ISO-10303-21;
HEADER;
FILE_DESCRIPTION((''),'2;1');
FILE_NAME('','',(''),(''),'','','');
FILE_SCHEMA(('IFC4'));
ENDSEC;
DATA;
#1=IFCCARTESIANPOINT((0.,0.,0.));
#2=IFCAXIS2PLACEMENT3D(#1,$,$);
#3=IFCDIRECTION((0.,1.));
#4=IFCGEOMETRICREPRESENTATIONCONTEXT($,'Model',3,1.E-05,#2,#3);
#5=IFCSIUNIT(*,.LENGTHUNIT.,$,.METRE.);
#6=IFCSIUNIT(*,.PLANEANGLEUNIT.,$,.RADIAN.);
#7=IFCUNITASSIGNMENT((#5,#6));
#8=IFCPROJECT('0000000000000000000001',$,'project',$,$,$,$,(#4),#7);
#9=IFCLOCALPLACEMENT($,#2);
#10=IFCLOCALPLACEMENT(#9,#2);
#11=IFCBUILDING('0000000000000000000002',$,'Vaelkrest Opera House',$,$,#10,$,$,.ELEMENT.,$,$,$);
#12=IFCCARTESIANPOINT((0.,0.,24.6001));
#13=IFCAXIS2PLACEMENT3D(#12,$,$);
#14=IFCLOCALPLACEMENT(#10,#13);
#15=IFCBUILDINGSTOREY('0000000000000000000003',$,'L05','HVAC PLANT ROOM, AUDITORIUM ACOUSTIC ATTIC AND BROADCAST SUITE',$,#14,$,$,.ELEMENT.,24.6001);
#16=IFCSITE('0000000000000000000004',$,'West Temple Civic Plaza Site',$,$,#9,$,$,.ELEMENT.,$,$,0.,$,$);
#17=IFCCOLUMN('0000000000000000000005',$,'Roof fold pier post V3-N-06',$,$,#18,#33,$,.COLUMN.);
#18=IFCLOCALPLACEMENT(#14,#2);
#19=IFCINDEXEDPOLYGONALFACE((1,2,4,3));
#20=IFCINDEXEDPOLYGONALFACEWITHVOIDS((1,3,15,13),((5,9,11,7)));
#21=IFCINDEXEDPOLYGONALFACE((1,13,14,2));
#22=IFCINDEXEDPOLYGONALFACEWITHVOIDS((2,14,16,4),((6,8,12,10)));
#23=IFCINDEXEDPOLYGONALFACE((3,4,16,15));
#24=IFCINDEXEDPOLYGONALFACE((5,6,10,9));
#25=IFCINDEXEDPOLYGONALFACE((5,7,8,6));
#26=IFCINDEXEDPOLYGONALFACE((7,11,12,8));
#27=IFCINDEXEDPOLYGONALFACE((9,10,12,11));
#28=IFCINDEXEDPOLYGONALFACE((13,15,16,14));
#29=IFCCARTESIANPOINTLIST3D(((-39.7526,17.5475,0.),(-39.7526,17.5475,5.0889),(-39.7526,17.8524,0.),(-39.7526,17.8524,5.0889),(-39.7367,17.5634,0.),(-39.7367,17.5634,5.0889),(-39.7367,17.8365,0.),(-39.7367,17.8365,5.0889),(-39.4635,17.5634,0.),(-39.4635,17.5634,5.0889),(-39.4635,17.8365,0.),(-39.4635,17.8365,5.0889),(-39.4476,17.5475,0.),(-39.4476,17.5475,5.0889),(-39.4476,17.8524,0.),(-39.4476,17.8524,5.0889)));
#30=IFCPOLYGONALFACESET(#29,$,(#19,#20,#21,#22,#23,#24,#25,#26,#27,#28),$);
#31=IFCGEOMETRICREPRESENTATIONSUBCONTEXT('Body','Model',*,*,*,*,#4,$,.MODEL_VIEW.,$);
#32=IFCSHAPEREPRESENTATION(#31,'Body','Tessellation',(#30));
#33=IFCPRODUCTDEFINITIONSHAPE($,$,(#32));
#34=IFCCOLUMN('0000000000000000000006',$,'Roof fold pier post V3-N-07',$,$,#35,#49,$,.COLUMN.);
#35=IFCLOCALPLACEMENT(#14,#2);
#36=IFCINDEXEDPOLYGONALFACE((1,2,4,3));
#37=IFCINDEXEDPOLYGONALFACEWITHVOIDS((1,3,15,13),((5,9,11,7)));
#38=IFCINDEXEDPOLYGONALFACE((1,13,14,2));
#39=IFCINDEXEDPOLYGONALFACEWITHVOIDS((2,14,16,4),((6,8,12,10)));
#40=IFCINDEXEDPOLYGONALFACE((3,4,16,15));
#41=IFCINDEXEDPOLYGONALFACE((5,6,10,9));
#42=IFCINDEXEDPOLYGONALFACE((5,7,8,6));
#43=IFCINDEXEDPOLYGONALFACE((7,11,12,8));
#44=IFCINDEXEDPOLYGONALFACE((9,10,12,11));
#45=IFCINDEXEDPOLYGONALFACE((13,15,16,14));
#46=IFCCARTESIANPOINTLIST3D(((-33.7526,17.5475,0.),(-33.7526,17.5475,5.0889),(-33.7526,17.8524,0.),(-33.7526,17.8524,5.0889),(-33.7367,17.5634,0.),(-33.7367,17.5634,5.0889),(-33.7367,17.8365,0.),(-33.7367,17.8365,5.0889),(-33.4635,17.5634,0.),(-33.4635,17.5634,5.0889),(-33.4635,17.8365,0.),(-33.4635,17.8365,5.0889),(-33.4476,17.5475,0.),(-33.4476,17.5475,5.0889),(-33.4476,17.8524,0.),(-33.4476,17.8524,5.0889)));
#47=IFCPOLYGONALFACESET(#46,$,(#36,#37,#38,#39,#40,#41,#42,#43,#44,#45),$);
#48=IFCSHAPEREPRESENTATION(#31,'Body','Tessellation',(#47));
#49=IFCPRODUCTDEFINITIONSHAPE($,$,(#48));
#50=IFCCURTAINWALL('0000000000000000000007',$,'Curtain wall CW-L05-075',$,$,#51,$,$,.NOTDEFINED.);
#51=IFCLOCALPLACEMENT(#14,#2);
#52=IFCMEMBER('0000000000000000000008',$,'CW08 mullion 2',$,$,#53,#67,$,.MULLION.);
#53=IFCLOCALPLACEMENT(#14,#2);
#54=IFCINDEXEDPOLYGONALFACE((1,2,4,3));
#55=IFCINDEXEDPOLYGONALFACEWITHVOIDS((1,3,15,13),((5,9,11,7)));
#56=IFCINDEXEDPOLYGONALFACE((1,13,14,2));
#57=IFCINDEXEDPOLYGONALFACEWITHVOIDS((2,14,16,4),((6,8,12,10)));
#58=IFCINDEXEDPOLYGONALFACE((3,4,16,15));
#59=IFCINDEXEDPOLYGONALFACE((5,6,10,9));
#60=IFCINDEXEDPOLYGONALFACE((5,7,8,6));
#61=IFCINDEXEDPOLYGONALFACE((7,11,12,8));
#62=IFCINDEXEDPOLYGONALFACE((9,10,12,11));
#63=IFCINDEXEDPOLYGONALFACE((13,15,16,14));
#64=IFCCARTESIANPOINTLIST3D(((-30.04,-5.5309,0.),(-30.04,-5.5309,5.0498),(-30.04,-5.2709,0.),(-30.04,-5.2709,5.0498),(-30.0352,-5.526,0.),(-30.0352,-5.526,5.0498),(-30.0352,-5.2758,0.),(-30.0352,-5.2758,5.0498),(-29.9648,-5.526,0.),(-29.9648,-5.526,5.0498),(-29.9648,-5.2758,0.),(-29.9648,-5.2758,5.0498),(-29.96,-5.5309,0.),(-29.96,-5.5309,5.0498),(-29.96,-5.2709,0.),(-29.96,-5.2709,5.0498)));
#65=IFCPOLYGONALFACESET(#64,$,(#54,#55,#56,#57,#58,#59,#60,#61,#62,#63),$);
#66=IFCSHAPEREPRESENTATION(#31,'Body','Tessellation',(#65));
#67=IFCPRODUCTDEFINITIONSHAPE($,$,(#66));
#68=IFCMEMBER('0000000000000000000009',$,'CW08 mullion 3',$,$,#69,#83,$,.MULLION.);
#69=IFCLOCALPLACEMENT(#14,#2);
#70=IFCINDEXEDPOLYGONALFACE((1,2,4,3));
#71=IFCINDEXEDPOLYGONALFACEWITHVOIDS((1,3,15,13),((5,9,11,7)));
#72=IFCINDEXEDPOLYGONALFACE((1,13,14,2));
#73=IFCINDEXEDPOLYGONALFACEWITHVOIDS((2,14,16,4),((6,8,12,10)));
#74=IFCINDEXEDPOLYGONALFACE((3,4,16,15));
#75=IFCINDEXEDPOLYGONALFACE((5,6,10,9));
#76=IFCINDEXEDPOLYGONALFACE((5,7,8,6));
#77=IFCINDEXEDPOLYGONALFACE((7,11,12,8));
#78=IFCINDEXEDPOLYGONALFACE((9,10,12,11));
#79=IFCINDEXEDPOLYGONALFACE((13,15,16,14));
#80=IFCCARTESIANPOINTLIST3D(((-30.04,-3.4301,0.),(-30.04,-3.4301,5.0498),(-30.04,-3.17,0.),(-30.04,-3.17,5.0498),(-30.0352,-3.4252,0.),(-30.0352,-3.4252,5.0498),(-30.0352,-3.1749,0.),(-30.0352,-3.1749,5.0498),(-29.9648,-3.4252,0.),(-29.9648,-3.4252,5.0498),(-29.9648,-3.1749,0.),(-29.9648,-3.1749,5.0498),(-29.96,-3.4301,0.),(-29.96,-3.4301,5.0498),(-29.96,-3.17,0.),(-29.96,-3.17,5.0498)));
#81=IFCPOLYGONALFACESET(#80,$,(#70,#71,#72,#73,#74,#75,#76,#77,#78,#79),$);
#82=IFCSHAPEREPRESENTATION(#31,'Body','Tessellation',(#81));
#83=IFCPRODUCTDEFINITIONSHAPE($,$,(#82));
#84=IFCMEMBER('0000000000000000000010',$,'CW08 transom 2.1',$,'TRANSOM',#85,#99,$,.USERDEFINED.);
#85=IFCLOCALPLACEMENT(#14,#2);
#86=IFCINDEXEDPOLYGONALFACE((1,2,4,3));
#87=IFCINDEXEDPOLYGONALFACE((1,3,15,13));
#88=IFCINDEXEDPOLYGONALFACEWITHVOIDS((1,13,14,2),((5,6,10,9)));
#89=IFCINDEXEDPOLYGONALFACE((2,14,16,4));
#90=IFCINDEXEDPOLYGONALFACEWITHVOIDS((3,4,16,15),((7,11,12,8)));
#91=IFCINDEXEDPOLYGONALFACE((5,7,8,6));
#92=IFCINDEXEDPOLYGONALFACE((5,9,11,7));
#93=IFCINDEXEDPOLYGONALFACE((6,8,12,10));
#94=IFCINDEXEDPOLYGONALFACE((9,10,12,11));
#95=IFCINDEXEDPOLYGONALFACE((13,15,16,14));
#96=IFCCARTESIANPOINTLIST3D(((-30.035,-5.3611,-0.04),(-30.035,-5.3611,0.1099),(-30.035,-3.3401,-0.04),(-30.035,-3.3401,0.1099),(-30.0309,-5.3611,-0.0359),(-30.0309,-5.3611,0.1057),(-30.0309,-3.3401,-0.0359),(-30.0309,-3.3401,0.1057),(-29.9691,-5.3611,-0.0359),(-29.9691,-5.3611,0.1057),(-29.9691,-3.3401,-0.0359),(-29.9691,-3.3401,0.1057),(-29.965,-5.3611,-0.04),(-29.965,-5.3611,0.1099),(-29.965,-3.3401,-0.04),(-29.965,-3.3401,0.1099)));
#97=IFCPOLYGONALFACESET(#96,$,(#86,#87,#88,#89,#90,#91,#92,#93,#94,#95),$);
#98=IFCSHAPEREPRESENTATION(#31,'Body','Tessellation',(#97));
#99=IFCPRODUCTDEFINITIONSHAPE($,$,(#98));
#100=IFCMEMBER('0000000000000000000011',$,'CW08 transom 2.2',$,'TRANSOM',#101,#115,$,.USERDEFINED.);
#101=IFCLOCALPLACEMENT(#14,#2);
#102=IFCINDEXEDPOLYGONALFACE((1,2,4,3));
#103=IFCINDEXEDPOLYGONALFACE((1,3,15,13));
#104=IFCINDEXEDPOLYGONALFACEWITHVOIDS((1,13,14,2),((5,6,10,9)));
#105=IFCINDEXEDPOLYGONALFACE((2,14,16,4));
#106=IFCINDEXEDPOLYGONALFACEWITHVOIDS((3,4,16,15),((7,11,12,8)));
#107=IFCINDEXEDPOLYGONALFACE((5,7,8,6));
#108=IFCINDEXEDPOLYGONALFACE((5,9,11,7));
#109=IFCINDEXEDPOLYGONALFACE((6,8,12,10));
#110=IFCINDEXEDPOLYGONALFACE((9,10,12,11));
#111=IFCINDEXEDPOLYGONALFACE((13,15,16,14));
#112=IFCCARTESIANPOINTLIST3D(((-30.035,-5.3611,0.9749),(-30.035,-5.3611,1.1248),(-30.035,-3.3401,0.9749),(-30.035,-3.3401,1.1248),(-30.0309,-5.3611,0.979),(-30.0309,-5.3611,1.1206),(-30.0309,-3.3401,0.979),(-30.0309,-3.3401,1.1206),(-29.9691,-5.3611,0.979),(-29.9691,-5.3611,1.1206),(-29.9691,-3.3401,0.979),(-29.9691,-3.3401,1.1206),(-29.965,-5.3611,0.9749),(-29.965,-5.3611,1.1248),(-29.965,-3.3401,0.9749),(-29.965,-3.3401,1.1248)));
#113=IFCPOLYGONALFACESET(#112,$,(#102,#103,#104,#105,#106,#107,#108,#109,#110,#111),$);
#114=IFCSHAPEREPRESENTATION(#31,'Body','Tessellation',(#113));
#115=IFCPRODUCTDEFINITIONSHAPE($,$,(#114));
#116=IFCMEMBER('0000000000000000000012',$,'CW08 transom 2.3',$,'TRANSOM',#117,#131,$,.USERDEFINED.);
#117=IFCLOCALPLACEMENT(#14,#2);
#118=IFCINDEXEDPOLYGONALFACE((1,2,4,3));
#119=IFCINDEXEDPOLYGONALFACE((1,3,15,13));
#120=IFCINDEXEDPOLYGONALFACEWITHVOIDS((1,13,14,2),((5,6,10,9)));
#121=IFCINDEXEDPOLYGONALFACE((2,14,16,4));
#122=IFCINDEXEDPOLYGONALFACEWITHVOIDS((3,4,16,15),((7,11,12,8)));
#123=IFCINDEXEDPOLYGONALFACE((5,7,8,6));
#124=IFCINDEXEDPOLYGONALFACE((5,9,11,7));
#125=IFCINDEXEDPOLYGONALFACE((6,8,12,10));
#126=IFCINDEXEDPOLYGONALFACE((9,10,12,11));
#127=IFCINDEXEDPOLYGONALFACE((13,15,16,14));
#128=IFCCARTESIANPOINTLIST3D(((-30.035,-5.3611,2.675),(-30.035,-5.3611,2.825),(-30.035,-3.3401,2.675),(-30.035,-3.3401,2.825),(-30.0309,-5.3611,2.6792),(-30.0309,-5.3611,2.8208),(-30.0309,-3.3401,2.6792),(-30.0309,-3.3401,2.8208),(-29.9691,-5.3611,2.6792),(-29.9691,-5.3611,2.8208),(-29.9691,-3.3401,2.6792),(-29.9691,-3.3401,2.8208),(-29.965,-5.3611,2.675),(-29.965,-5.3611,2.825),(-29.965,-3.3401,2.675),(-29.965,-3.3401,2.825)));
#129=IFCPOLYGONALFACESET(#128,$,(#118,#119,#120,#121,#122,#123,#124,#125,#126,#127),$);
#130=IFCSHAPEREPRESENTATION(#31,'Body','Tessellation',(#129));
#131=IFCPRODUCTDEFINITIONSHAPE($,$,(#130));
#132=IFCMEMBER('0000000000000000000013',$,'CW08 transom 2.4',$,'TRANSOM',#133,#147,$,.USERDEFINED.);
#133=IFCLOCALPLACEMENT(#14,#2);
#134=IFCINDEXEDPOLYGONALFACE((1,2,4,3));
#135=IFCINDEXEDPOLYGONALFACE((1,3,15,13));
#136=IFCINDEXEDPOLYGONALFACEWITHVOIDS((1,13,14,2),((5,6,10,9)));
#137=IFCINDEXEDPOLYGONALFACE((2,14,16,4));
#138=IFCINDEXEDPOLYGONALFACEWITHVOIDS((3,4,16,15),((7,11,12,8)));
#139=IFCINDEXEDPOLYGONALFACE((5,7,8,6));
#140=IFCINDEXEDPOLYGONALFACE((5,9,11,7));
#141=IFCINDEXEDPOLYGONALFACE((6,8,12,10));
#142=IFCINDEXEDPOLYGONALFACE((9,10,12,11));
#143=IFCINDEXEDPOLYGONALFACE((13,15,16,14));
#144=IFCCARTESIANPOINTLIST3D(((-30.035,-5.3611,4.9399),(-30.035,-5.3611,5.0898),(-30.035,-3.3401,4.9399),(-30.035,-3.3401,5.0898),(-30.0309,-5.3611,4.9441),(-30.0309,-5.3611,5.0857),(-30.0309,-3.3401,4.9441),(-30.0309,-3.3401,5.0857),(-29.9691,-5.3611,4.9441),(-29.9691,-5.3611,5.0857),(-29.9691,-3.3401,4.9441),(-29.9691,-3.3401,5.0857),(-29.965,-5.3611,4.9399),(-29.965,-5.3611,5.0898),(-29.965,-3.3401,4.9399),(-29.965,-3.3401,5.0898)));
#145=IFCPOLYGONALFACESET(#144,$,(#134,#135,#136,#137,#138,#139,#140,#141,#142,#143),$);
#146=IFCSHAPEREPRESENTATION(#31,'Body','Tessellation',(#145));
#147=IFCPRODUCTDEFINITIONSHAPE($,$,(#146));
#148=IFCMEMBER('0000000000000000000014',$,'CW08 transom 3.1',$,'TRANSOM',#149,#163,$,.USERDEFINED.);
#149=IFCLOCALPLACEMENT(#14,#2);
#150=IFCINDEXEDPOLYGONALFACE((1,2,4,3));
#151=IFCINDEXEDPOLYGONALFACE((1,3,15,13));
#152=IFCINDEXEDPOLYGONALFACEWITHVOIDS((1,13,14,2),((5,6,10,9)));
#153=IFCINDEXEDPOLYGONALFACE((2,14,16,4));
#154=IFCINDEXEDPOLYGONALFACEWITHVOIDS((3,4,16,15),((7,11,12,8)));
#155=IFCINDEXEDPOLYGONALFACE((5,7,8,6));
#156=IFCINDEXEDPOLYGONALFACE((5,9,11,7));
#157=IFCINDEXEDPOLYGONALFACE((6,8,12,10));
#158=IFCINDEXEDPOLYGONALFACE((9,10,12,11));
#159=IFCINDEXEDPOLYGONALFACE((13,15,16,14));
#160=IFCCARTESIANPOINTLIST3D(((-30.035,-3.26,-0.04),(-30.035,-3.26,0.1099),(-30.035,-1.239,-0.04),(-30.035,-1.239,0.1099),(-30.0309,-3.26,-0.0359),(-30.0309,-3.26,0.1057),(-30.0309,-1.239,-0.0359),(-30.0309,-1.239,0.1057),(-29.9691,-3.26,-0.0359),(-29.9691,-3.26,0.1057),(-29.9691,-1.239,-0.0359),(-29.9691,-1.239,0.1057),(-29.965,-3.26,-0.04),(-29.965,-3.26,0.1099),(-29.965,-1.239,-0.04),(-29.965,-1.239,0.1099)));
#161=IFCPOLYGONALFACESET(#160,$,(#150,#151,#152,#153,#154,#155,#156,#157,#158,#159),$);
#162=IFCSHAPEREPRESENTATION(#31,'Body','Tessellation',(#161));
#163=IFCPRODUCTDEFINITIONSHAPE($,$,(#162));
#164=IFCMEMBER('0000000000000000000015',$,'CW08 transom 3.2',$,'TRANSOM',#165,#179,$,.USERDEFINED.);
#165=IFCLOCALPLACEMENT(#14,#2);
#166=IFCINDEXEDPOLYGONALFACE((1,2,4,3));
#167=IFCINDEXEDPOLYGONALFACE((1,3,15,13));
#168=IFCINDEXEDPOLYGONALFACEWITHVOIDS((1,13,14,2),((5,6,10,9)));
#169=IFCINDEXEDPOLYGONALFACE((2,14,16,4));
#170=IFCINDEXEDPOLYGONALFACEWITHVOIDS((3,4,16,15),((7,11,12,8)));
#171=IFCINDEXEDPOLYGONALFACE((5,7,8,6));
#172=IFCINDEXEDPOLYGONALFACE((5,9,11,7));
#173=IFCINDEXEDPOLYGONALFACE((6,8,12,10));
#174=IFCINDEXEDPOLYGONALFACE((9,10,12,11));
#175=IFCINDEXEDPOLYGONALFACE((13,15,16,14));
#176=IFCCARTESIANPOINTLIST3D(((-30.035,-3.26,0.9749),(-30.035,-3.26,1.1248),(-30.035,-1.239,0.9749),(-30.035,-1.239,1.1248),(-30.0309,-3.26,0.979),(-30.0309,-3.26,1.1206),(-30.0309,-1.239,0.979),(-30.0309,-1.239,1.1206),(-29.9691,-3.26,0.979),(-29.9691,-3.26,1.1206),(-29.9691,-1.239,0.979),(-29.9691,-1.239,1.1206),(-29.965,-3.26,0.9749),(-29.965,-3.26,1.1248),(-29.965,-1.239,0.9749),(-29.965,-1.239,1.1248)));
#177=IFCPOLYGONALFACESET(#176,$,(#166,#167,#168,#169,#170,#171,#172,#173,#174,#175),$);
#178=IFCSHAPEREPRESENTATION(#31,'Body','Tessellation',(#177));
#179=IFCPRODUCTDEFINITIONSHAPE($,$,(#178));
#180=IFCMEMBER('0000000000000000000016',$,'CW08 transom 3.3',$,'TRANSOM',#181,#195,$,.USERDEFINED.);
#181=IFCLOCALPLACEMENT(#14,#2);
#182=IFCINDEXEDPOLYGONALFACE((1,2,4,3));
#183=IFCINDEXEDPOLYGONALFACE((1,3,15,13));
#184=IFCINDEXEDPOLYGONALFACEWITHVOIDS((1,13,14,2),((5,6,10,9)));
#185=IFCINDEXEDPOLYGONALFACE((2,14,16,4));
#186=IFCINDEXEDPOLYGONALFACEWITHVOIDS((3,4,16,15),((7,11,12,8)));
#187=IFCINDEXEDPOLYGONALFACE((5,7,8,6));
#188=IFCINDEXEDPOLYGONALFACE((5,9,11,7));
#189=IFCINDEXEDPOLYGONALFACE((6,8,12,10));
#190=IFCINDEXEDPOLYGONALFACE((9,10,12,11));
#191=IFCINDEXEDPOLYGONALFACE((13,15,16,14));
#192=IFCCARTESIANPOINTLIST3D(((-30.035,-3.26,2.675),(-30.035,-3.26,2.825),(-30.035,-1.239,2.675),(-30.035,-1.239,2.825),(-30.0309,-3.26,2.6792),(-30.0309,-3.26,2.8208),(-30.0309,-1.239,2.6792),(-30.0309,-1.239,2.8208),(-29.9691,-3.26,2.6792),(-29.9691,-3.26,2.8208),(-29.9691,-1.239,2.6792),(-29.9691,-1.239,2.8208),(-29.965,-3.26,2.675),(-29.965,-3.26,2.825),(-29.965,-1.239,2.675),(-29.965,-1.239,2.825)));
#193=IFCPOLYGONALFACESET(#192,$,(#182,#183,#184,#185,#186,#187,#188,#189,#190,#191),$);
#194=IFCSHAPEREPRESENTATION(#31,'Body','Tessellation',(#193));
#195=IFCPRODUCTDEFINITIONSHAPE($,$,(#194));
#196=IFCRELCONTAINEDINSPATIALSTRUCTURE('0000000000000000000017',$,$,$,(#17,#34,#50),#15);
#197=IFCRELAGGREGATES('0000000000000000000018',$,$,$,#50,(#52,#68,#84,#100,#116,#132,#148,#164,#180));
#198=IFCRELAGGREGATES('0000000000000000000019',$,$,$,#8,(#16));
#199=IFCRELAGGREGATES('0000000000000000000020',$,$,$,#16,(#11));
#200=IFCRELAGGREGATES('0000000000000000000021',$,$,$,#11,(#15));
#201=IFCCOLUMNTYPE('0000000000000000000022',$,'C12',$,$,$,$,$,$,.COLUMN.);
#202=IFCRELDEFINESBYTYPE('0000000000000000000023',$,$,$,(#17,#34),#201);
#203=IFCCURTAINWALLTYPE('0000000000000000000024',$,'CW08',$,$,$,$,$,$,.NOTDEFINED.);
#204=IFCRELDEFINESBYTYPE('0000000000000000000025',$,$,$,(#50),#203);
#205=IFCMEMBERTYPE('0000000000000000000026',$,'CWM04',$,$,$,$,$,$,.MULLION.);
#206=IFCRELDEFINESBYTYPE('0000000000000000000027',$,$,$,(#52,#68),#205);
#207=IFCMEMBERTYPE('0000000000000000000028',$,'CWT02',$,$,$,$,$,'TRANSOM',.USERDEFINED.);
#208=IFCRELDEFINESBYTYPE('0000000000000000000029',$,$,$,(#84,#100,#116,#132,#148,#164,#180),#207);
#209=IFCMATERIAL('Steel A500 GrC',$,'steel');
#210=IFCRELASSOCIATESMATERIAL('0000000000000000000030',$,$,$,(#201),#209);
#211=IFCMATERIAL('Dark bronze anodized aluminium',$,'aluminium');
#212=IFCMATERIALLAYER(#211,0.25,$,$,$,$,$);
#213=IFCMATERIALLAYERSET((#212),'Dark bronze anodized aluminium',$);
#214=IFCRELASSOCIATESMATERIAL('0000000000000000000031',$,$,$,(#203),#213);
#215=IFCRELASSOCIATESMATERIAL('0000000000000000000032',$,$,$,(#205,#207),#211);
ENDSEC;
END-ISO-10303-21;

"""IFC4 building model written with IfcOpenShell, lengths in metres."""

from ifc_helpers import new_model, si_unit, direction, frame, origin, origin_2d, place, context, subcontext, project, spatial, hollow_rectangle, extrude, material, layer, layer_set, material_profile, profile_set, type_object, element, aggregate, save


model = new_model("IFC4")

# Units and contexts
model_context = context("Model", 3, precision=1e-05, world=origin(), true_north=direction((0.0, 1.0)))
body_context = subcontext(model_context, "Body", "Model", "MODEL_VIEW")
ifc_project = project(units=[si_unit("LENGTHUNIT", "METRE"), si_unit("PLANEANGLEUNIT", "RADIAN")], contexts=[model_context])

# Site, building, storey
site_placement = place(None, origin())
site = spatial("IfcSite", under=ifc_project, at=site_placement, Name="West Temple Civic Plaza Site", CompositionType="ELEMENT", RefElevation=0.0)
building_placement = place(site_placement, origin())
building = spatial("IfcBuilding", under=site, at=building_placement, Name="Vaelkrest Opera House", CompositionType="ELEMENT")
storey_placement = place(building_placement, frame((0.0, 0.0, 24.6001)))
storey = spatial("IfcBuildingStorey", under=building, at=storey_placement, Name="L05", Description="HVAC PLANT ROOM, AUDITORIUM ACOUSTIC ATTIC AND BROADCAST SUITE", CompositionType="ELEMENT", Elevation=24.6001)

# Columns
ifc_material_1 = material(Name="Steel A500 GrC", Category="steel")
ifc_material_profile_1 = material_profile(ifc_material_1, hollow_rectangle(XDim=0.3049, YDim=0.3049, WallThickness=0.0159, at=origin_2d()), Name="HSS305X305X15.9")
ifc_profile_set_1 = profile_set([ifc_material_profile_1], Name="Steel A500 GrC")
column_type = type_object("IfcColumnType", Name="C12", PredefinedType="COLUMN", material=ifc_profile_set_1)
for number, where, z_axis, x_axis, name in (
    (1, (-39.6001, 17.7, 0.0), (0.0, 0.0, 1.0), (1.0, 0.0, 0.0), "Roof fold pier post V3-N-06"),
    (2, (-33.6001, 17.7, 0.0), (0.0, 0.0, 1.0), (1.0, 0.0, 0.0), "Roof fold pier post V3-N-07"),
):
    element("IfcColumn", number, at=place(storey_placement, frame(where, z_axis=z_axis, x_axis=x_axis)), inside=storey, type_object=column_type, Name=name, PredefinedType="COLUMN", context=body_context, shape_type="SweptSolid", body=[
        extrude(hollow_rectangle(XDim=0.3049, YDim=0.3049, WallThickness=0.0159, at=origin_2d()), origin(), (0.0, 0.0, 1.0), 5.0889),
    ])

# Curtain wall, members
ifc_material_2 = material(Name="Dark bronze anodized aluminium", Category="aluminium")
ifc_layer_1 = layer(ifc_material_2, 0.25)
ifc_layer_set_1 = layer_set([ifc_layer_1], Name="Dark bronze anodized aluminium")
curtain_wall_type = type_object("IfcCurtainWallType", Name="CW08", PredefinedType="NOTDEFINED", material=ifc_layer_set_1)
curtain_wall_placement = place(storey_placement, origin())
curtain_wall = element("IfcCurtainWall", 3, at=curtain_wall_placement, inside=storey, type_object=curtain_wall_type, Name="Curtain wall CW-L05-075", PredefinedType="NOTDEFINED")
ifc_material_profile_2 = material_profile(ifc_material_2, hollow_rectangle(XDim=0.0801, YDim=0.26, WallThickness=0.0049, at=origin_2d()), Name="CWM80X260")
ifc_profile_set_2 = profile_set([ifc_material_profile_2], Name="Dark bronze anodized aluminium")
member_type_1 = type_object("IfcMemberType", Name="CWM04", PredefinedType="MULLION", material=ifc_profile_set_2)
member_1_placement = place(storey_placement, frame((-30.0, -5.4009, 0.0), z_axis=(0.0, 0.0, 1.0), x_axis=(-1.0, 0.0, 0.0)))
member_1 = element("IfcMember", 4, at=member_1_placement, type_object=member_type_1, Name="CW08 mullion 2", PredefinedType="MULLION", context=body_context, shape_type="SweptSolid", body=[
    extrude(hollow_rectangle(XDim=0.0801, YDim=0.26, WallThickness=0.0049, at=origin_2d()), origin(), (0.0, 0.0, 1.0), 5.0498),
])
member_2_placement = place(storey_placement, frame((-30.0, -3.3, 0.0), z_axis=(0.0, 0.0, 1.0), x_axis=(-1.0, 0.0, 0.0)))
member_2 = element("IfcMember", 5, at=member_2_placement, type_object=member_type_1, Name="CW08 mullion 3", PredefinedType="MULLION", context=body_context, shape_type="SweptSolid", body=[
    extrude(hollow_rectangle(XDim=0.0801, YDim=0.26, WallThickness=0.0049, at=origin_2d()), origin(), (0.0, 0.0, 1.0), 5.0498),
])
ifc_material_profile_3 = material_profile(ifc_material_2, hollow_rectangle(XDim=0.0701, YDim=0.1499, WallThickness=0.0042, at=origin_2d()), Name="CWT70X150")
ifc_profile_set_3 = profile_set([ifc_material_profile_3], Name="Dark bronze anodized aluminium")
member_type_2 = type_object("IfcMemberType", Name="CWT02", ElementType="TRANSOM", PredefinedType="USERDEFINED", material=ifc_profile_set_3)
member_3_placement = place(storey_placement, frame((-30.0, -5.3611, 0.0349), z_axis=(0.0, 1.0, 0.0), x_axis=(-1.0, 0.0, 0.0)))
member_3 = element("IfcMember", 6, at=member_3_placement, type_object=member_type_2, Name="CW08 transom 2.1", ObjectType="TRANSOM", PredefinedType="USERDEFINED", context=body_context, shape_type="SweptSolid", body=[
    extrude(hollow_rectangle(XDim=0.0701, YDim=0.1499, WallThickness=0.0042, at=origin_2d()), origin(), (0.0, 0.0, 1.0), 2.021),
])
member_4_placement = place(storey_placement, frame((-30.0, -5.3611, 1.0498), z_axis=(0.0, 1.0, 0.0), x_axis=(-1.0, 0.0, 0.0)))
member_4 = element("IfcMember", 7, at=member_4_placement, type_object=member_type_2, Name="CW08 transom 2.2", ObjectType="TRANSOM", PredefinedType="USERDEFINED", context=body_context, shape_type="SweptSolid", body=[
    extrude(hollow_rectangle(XDim=0.0701, YDim=0.1499, WallThickness=0.0042, at=origin_2d()), origin(), (0.0, 0.0, 1.0), 2.021),
])
member_5_placement = place(storey_placement, frame((-30.0, -5.3611, 2.75), z_axis=(0.0, 1.0, 0.0), x_axis=(-1.0, 0.0, 0.0)))
member_5 = element("IfcMember", 8, at=member_5_placement, type_object=member_type_2, Name="CW08 transom 2.3", ObjectType="TRANSOM", PredefinedType="USERDEFINED", context=body_context, shape_type="SweptSolid", body=[
    extrude(hollow_rectangle(XDim=0.0701, YDim=0.1499, WallThickness=0.0042, at=origin_2d()), origin(), (0.0, 0.0, 1.0), 2.021),
])
member_6_placement = place(storey_placement, frame((-30.0, -5.3611, 5.0149), z_axis=(0.0, 1.0, 0.0), x_axis=(-1.0, 0.0, 0.0)))
member_6 = element("IfcMember", 9, at=member_6_placement, type_object=member_type_2, Name="CW08 transom 2.4", ObjectType="TRANSOM", PredefinedType="USERDEFINED", context=body_context, shape_type="SweptSolid", body=[
    extrude(hollow_rectangle(XDim=0.0701, YDim=0.1499, WallThickness=0.0042, at=origin_2d()), origin(), (0.0, 0.0, 1.0), 2.021),
])
member_7_placement = place(storey_placement, frame((-30.0, -3.26, 0.0349), z_axis=(0.0, 1.0, 0.0), x_axis=(-1.0, 0.0, 0.0)))
member_7 = element("IfcMember", 10, at=member_7_placement, type_object=member_type_2, Name="CW08 transom 3.1", ObjectType="TRANSOM", PredefinedType="USERDEFINED", context=body_context, shape_type="SweptSolid", body=[
    extrude(hollow_rectangle(XDim=0.0701, YDim=0.1499, WallThickness=0.0042, at=origin_2d()), origin(), (0.0, 0.0, 1.0), 2.021),
])
member_8_placement = place(storey_placement, frame((-30.0, -3.26, 1.0498), z_axis=(0.0, 1.0, 0.0), x_axis=(-1.0, 0.0, 0.0)))
member_8 = element("IfcMember", 11, at=member_8_placement, type_object=member_type_2, Name="CW08 transom 3.2", ObjectType="TRANSOM", PredefinedType="USERDEFINED", context=body_context, shape_type="SweptSolid", body=[
    extrude(hollow_rectangle(XDim=0.0701, YDim=0.1499, WallThickness=0.0042, at=origin_2d()), origin(), (0.0, 0.0, 1.0), 2.021),
])
member_9_placement = place(storey_placement, frame((-30.0, -3.26, 2.75), z_axis=(0.0, 1.0, 0.0), x_axis=(-1.0, 0.0, 0.0)))
member_9 = element("IfcMember", 12, at=member_9_placement, type_object=member_type_2, Name="CW08 transom 3.3", ObjectType="TRANSOM", PredefinedType="USERDEFINED", context=body_context, shape_type="SweptSolid", body=[
    extrude(hollow_rectangle(XDim=0.0701, YDim=0.1499, WallThickness=0.0042, at=origin_2d()), origin(), (0.0, 0.0, 1.0), 2.021),
])

aggregate(curtain_wall, [member_1, member_2, member_3, member_4, member_5, member_6, member_7, member_8, member_9])

save(model, "model.ifc")
